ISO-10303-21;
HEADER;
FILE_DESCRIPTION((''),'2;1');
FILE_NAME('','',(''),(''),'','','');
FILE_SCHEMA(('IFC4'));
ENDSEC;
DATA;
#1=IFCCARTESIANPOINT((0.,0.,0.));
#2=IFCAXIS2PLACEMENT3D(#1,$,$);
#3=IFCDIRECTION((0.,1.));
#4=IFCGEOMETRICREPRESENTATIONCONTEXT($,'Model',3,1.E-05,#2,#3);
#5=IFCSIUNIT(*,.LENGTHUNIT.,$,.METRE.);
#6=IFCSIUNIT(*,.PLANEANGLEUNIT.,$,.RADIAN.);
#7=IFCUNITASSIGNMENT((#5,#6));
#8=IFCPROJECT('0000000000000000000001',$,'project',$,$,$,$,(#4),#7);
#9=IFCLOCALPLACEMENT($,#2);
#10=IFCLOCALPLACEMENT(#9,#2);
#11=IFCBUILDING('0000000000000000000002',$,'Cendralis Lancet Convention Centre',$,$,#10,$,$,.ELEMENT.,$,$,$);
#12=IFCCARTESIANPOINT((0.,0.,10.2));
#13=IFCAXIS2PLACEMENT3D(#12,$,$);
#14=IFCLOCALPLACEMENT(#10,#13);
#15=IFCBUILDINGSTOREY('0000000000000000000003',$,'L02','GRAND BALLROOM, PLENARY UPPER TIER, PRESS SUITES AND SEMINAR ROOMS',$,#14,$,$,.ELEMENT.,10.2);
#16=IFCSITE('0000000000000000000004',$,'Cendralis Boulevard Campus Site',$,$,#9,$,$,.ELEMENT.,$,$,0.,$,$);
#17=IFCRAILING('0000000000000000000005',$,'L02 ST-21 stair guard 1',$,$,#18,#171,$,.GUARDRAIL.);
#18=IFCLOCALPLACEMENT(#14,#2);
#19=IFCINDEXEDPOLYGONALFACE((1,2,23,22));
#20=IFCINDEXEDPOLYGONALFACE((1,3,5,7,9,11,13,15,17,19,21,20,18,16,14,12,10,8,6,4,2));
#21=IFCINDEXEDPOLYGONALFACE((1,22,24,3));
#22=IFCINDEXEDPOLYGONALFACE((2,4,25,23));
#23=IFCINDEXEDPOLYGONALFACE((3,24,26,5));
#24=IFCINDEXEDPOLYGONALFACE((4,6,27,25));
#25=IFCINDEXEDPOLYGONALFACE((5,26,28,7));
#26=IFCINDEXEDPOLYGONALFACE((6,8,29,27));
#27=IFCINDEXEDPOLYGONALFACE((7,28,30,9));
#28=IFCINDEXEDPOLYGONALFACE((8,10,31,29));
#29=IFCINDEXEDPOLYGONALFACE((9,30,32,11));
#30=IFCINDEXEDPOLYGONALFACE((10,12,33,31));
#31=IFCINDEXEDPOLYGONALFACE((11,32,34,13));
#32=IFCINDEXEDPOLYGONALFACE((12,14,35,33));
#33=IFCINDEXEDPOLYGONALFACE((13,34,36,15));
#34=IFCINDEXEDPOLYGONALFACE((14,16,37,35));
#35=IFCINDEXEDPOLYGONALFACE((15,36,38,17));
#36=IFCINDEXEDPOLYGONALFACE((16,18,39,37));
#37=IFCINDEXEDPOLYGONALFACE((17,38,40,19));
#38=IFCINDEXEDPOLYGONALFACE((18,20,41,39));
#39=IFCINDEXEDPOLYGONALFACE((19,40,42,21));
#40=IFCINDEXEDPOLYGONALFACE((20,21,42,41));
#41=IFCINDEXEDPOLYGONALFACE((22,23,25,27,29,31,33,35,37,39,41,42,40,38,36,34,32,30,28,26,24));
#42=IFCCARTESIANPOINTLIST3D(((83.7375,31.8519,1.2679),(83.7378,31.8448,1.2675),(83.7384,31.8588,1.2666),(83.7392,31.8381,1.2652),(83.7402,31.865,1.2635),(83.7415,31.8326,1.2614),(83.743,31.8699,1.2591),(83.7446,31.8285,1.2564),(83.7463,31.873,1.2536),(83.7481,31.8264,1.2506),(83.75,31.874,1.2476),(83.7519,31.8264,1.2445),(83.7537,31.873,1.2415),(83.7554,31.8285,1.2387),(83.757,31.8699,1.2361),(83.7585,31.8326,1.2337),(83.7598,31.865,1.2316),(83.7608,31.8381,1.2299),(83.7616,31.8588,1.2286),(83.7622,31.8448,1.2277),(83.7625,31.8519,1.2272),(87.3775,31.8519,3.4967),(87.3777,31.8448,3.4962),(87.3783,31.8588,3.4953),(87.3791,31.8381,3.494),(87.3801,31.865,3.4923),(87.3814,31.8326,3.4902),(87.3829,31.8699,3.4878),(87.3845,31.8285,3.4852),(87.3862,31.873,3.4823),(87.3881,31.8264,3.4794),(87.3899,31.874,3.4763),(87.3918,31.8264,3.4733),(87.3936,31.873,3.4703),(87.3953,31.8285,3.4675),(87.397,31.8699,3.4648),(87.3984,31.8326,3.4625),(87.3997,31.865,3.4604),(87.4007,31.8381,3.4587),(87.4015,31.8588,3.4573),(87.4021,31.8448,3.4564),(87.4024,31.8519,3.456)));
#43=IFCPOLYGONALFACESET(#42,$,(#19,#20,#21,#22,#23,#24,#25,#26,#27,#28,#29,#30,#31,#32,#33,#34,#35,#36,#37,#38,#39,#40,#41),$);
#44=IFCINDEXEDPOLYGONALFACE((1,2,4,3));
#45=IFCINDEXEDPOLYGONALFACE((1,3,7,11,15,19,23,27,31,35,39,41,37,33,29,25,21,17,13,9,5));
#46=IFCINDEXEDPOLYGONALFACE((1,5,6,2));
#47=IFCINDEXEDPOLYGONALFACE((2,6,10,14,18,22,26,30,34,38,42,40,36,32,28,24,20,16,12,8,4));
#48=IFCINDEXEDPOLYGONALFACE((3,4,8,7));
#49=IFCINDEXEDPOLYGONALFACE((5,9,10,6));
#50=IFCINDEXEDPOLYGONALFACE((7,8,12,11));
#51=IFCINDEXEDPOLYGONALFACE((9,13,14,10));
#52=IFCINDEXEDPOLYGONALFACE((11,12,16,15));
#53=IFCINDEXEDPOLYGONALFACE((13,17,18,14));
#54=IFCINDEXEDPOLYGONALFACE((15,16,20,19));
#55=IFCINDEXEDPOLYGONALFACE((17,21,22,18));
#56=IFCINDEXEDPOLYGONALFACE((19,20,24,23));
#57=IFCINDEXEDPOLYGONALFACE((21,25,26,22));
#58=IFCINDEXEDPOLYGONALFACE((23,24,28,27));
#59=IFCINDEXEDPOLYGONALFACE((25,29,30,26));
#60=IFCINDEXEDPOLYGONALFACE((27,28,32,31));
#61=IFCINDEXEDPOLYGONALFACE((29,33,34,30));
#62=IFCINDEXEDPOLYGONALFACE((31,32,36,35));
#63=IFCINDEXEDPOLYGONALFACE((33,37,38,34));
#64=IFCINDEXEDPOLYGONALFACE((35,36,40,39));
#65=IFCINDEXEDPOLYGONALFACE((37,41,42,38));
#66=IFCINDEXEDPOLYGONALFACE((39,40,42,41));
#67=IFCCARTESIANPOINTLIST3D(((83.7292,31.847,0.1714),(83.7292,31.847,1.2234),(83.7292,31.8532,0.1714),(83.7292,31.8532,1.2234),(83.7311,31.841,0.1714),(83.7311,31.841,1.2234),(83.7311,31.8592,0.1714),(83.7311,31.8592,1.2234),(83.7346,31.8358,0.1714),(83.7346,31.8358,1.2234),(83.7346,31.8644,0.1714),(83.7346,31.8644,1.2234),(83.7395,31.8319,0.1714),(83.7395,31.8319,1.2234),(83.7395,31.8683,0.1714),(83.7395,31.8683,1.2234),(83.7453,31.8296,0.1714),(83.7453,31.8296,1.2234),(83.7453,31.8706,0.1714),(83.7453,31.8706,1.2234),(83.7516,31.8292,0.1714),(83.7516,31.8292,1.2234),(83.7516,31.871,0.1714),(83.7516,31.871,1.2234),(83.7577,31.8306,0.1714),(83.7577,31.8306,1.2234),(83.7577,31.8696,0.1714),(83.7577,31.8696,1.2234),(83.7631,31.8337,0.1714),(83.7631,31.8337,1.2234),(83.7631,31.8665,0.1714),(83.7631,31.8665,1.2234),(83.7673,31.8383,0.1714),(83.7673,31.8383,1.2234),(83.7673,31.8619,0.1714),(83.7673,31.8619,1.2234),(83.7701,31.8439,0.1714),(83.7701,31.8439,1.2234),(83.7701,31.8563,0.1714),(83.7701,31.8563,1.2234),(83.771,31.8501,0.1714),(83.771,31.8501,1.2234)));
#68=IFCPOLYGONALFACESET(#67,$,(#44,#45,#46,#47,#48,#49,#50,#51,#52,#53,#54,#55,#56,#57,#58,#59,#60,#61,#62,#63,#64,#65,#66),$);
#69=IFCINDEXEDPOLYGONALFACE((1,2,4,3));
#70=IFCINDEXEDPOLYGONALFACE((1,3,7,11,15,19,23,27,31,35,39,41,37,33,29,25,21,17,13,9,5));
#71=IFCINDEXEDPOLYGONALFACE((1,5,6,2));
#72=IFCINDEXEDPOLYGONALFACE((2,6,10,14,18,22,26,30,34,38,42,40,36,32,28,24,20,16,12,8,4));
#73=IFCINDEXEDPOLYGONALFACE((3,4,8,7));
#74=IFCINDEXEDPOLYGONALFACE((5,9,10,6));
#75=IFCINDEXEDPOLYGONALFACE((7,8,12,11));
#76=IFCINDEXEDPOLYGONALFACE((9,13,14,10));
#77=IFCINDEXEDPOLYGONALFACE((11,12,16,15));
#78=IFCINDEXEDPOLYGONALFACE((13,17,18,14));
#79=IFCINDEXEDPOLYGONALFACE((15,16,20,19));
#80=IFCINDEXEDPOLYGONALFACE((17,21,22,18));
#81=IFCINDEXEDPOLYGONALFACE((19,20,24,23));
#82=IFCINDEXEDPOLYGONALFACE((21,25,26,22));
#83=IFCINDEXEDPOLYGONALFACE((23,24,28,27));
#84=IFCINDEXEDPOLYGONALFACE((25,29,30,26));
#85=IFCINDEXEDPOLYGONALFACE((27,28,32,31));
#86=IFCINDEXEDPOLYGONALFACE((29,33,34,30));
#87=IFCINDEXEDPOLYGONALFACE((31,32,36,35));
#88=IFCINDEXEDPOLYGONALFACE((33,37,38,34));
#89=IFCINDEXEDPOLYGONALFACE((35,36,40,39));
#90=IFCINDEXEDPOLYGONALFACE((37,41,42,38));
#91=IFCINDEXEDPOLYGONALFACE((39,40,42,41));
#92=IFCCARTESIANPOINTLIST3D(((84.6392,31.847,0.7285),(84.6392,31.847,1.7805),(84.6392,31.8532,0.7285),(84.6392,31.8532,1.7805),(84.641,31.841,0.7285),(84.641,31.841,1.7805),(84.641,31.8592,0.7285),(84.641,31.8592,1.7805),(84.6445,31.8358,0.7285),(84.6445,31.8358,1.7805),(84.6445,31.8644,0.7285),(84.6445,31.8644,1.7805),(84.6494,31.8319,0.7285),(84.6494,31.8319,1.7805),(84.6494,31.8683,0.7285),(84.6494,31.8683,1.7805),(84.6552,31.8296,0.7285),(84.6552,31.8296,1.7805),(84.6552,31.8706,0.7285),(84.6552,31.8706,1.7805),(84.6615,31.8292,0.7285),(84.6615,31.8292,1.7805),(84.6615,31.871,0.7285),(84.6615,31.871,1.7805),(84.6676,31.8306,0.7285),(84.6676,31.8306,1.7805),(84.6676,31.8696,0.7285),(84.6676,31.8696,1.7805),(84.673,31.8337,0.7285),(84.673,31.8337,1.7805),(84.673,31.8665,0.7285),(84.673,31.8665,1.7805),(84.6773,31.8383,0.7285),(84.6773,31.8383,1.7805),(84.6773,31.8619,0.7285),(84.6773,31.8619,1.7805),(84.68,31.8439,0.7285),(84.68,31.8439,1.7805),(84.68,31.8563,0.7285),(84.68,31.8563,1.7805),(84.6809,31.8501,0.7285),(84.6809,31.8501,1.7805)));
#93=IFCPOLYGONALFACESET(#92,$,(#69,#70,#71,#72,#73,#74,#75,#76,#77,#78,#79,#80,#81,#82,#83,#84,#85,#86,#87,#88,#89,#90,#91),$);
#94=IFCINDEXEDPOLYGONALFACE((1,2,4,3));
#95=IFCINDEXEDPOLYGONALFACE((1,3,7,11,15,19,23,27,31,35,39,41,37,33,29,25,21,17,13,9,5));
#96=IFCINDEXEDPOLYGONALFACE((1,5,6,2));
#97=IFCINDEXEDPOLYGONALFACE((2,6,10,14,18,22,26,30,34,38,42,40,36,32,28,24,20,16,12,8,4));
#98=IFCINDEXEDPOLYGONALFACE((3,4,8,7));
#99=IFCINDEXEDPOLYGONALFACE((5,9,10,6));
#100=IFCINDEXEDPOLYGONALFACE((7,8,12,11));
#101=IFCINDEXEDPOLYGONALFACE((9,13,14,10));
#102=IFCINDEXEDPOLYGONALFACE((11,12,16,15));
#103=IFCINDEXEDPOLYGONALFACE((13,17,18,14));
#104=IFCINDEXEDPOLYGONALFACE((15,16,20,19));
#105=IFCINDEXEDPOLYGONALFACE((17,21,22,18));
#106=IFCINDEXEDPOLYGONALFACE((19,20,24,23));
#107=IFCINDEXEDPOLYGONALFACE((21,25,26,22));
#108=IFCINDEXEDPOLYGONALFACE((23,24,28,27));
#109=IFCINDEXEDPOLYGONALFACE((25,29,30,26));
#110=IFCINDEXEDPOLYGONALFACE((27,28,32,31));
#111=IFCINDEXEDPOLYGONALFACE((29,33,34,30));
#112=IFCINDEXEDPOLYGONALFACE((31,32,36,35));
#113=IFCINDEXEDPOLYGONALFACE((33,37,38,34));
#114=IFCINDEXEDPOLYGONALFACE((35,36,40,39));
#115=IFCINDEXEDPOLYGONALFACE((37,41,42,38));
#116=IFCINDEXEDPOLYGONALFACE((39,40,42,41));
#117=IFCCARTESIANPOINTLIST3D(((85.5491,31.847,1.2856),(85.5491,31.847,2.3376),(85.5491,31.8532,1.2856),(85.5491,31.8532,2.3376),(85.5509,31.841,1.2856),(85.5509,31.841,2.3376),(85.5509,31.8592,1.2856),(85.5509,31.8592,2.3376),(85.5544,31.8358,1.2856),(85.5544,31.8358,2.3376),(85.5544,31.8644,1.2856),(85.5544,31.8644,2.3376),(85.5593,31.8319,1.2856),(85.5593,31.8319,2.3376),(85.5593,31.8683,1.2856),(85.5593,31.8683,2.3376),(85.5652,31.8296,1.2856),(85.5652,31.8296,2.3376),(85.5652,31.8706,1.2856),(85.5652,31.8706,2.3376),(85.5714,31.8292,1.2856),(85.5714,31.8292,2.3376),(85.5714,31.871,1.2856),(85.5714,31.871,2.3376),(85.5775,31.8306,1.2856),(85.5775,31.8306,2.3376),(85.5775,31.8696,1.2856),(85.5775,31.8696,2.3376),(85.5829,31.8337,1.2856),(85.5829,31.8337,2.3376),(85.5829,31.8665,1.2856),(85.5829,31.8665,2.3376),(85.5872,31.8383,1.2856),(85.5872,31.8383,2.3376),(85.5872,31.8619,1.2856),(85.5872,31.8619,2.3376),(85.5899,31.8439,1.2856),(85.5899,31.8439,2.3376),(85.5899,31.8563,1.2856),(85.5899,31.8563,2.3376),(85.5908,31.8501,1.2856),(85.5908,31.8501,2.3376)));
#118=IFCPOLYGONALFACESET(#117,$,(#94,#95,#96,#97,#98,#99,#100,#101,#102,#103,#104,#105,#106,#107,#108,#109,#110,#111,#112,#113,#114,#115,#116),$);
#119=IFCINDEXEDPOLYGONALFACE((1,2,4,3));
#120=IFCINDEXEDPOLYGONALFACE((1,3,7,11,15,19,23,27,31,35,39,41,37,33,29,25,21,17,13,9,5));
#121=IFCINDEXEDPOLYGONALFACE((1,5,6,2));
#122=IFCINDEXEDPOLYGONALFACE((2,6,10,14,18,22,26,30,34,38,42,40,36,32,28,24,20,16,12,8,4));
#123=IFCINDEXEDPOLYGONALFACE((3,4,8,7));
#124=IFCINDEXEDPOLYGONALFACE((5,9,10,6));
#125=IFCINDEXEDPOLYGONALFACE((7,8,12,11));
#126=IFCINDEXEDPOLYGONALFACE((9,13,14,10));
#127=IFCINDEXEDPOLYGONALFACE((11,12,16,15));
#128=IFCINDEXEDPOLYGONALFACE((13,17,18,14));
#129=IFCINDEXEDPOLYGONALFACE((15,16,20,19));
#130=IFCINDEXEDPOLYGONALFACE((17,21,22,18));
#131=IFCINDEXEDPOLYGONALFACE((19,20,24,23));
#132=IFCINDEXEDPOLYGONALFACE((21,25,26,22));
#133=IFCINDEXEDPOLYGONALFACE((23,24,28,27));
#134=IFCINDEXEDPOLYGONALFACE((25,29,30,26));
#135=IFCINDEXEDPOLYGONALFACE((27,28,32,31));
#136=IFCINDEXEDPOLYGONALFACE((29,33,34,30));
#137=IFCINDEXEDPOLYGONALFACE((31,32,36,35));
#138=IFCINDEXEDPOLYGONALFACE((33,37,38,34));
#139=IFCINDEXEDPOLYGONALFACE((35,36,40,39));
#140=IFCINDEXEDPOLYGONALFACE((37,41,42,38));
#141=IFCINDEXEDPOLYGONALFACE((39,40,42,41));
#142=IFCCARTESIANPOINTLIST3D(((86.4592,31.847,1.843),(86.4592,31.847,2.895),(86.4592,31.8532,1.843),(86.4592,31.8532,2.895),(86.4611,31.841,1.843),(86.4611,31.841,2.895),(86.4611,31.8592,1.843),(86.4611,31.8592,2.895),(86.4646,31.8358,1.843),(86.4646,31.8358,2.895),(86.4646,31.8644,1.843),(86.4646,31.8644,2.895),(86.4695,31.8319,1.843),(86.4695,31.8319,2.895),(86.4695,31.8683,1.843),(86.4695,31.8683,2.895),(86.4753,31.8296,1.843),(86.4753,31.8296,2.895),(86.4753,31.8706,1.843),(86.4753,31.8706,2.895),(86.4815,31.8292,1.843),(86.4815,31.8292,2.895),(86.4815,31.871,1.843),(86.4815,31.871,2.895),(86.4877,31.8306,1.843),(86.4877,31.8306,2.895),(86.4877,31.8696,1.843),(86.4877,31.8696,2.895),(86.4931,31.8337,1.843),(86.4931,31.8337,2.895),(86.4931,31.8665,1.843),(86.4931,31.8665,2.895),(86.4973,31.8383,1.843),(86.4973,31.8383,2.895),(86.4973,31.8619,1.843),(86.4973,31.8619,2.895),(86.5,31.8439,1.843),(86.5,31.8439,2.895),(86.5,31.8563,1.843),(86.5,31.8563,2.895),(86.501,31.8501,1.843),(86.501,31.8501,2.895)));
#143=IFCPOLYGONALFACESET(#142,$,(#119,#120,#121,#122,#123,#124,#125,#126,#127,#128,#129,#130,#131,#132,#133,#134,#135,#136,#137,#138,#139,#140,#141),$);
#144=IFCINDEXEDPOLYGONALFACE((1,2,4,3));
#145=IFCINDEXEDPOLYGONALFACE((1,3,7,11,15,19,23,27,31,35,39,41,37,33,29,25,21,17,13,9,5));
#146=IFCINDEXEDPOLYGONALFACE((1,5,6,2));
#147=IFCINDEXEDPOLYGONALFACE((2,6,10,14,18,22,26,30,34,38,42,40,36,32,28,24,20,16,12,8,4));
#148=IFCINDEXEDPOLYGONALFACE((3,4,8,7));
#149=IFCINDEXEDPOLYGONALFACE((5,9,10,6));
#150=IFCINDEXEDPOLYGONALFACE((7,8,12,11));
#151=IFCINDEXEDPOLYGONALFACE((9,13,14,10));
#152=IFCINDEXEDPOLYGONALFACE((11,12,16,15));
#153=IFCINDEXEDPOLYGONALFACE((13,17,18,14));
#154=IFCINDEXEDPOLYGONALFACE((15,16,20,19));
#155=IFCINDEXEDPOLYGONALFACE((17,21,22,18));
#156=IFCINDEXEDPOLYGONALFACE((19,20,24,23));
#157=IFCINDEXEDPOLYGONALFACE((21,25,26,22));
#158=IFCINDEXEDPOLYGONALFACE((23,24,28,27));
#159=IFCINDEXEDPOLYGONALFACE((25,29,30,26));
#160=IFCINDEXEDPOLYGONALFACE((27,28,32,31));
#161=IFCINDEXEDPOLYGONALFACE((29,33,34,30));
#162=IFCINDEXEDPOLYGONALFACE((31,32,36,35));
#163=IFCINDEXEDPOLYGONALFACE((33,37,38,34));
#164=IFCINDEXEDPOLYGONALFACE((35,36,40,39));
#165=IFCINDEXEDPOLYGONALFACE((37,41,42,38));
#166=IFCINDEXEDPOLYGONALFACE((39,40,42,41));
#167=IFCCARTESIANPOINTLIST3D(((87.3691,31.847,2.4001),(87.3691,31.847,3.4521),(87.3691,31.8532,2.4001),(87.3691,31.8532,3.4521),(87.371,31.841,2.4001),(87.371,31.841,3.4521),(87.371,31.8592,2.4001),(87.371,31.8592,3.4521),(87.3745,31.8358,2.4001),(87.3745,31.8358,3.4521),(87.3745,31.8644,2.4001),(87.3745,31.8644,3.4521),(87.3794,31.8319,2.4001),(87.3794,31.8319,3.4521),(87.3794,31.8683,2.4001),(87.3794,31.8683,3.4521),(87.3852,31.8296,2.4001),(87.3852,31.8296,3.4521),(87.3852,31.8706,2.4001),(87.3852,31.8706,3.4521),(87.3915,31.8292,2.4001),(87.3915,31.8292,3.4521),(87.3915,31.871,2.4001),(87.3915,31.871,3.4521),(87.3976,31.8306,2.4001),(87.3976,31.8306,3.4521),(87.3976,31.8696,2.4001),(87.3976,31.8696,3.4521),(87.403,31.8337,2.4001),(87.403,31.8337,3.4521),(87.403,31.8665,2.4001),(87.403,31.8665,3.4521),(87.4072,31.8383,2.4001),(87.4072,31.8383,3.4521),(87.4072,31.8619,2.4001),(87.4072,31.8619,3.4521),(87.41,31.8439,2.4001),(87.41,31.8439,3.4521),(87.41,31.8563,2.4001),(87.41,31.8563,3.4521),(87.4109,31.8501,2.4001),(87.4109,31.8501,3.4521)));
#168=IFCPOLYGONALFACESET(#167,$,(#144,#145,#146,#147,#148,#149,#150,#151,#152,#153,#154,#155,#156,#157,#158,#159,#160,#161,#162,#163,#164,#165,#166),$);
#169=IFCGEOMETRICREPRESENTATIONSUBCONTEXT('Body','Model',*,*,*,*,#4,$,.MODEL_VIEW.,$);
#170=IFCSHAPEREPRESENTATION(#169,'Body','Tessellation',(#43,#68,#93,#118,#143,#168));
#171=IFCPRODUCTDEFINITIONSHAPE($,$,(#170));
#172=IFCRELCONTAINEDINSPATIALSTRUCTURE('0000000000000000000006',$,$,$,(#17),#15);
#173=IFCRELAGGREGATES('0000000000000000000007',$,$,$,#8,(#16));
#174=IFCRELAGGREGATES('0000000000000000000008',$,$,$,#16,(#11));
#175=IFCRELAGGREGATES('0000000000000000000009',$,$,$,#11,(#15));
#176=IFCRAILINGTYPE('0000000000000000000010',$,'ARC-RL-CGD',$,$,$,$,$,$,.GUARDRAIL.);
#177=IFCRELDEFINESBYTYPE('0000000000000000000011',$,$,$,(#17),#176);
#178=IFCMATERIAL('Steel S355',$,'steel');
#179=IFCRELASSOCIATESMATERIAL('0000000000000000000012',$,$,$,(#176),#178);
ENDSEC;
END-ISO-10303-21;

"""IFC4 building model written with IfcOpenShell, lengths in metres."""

from ifc_helpers import new_model, si_unit, direction, frame, origin, origin_2d, place, context, subcontext, project, spatial, circle, extrude, material, type_object, element, save


model = new_model("IFC4")

# Units and contexts
model_context = context("Model", 3, precision=1e-05, world=origin(), true_north=direction((0.0, 1.0)))
body_context = subcontext(model_context, "Body", "Model", "MODEL_VIEW")
ifc_project = project(units=[si_unit("LENGTHUNIT", "METRE"), si_unit("PLANEANGLEUNIT", "RADIAN")], contexts=[model_context])

# Site, building, storey
site_placement = place(None, origin())
site = spatial("IfcSite", under=ifc_project, at=site_placement, Name="Cendralis Boulevard Campus Site", CompositionType="ELEMENT", RefElevation=0.0)
building_placement = place(site_placement, origin())
building = spatial("IfcBuilding", under=site, at=building_placement, Name="Cendralis Lancet Convention Centre", CompositionType="ELEMENT")
storey_placement = place(building_placement, frame((0.0, 0.0, 10.2)))
storey = spatial("IfcBuildingStorey", under=building, at=storey_placement, Name="L02", Description="GRAND BALLROOM, PLENARY UPPER TIER, PRESS SUITES AND SEMINAR ROOMS", CompositionType="ELEMENT", Elevation=10.2)

# Shared definitions
ifc_material_1 = material(Name="Steel S355", Category="steel")

# Railing
railing_type_1 = type_object("IfcRailingType", Name="ARC-RL-CGD", PredefinedType="GUARDRAIL", material=ifc_material_1)
railing_1_placement = place(storey_placement, frame((83.75, 31.8501, 0.1714)))
element("IfcRailing", 1, at=railing_1_placement, inside=storey, type_object=railing_type_1, Name="L02 ST-21 stair guard 1", PredefinedType="GUARDRAIL", context=body_context, shape_type="SweptSolid", body=[
    extrude(circle(Radius=0.0239, at=origin_2d()), frame((0.0, 0.0, 1.0762), z_axis=(0.852825, 0.0, 0.522197), x_axis=(0.0, 1.0, 0.0)), (0.0, 0.0, 1.0), 4.2681),
    extrude(circle(Radius=0.021, at=origin_2d()), origin(), (0.0, 0.0, 1.0), 1.052),
    extrude(circle(Radius=0.021, at=origin_2d()), frame((0.9099, 0.0, 0.5571)), (0.0, 0.0, 1.0), 1.052),
    extrude(circle(Radius=0.021, at=origin_2d()), frame((1.8198, 0.0, 1.1143)), (0.0, 0.0, 1.0), 1.052),
    extrude(circle(Radius=0.021, at=origin_2d()), frame((2.73, 0.0, 1.6716)), (0.0, 0.0, 1.0), 1.052),
    extrude(circle(Radius=0.021, at=origin_2d()), frame((3.6399, 0.0, 2.2288)), (0.0, 0.0, 1.0), 1.052),
])

save(model, "model.ifc")
